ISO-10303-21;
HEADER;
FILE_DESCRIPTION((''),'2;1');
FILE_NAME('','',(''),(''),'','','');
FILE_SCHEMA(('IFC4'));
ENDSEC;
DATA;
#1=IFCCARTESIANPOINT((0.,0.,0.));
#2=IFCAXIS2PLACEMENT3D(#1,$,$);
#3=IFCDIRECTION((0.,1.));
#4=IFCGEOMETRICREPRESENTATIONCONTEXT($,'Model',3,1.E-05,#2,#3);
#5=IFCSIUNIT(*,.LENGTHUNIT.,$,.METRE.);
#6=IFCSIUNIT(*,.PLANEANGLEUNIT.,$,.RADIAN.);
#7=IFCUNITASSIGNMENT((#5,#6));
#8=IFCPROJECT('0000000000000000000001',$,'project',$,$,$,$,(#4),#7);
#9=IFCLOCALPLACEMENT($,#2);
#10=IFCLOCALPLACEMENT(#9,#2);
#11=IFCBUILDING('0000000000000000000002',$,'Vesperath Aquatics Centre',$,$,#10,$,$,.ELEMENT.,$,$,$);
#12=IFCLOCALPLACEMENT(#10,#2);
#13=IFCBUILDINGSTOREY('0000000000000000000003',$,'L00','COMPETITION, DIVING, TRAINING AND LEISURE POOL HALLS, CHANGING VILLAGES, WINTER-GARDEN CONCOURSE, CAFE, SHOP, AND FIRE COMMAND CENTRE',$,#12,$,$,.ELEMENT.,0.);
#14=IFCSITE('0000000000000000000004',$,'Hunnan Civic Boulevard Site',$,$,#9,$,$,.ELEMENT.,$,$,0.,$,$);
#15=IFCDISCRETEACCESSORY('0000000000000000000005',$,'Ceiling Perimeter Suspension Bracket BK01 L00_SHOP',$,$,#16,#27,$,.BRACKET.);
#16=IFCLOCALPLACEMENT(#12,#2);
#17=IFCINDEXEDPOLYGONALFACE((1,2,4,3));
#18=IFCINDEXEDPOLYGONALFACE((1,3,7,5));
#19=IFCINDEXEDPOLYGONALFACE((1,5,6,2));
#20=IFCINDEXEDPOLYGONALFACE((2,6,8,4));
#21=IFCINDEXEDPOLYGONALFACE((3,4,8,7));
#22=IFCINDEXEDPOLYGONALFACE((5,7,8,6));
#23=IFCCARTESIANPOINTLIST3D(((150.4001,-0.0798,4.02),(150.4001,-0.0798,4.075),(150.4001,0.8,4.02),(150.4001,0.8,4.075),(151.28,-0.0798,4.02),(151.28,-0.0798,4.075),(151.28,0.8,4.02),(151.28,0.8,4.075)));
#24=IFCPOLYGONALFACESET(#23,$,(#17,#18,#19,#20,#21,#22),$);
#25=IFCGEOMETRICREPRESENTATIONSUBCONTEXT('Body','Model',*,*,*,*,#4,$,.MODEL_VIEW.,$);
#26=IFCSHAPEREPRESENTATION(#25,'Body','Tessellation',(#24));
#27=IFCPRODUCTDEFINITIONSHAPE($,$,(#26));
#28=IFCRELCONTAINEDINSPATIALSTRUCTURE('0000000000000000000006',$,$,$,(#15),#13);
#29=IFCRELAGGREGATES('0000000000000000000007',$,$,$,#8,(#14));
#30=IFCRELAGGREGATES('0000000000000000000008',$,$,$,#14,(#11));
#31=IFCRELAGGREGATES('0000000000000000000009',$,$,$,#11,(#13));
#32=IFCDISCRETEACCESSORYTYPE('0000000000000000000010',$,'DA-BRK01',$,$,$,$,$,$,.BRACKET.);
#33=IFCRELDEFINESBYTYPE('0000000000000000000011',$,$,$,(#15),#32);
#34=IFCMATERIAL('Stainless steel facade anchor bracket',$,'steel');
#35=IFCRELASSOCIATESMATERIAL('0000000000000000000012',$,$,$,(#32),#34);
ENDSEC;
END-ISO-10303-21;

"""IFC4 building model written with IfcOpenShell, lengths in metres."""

from ifc_helpers import new_model, si_unit, direction, frame, origin, origin_2d, place, context, subcontext, project, spatial, rectangle, extrude, material, type_object, element, save


model = new_model("IFC4")

# Units and contexts
model_context = context("Model", 3, precision=1e-05, world=origin(), true_north=direction((0.0, 1.0)))
body_context = subcontext(model_context, "Body", "Model", "MODEL_VIEW")
ifc_project = project(units=[si_unit("LENGTHUNIT", "METRE"), si_unit("PLANEANGLEUNIT", "RADIAN")], contexts=[model_context])

# Site, building, storey
site_placement = place(None, origin())
site = spatial("IfcSite", under=ifc_project, at=site_placement, Name="Hunnan Civic Boulevard Site", CompositionType="ELEMENT", RefElevation=0.0)
building_placement = place(site_placement, origin())
building = spatial("IfcBuilding", under=site, at=building_placement, Name="Vesperath Aquatics Centre", CompositionType="ELEMENT")
storey_placement = place(building_placement, origin())
storey = spatial("IfcBuildingStorey", under=building, at=storey_placement, Name="L00", Description="COMPETITION, DIVING, TRAINING AND LEISURE POOL HALLS, CHANGING VILLAGES, WINTER-GARDEN CONCOURSE, CAFE, SHOP, AND FIRE COMMAND CENTRE", CompositionType="ELEMENT", Elevation=0.0)

# Discrete accessory
ifc_material_1 = material(Name="Stainless steel facade anchor bracket", Category="steel")
discrete_accessory_type = type_object("IfcDiscreteAccessoryType", Name="DA-BRK01", PredefinedType="BRACKET", material=ifc_material_1)
discrete_accessory_placement = place(storey_placement, frame((150.8401, 0.3601, 4.02), z_axis=(0.0, 0.0, 1.0), x_axis=(1.0, 0.0, 0.0)))
element("IfcDiscreteAccessory", 1, at=discrete_accessory_placement, inside=storey, type_object=discrete_accessory_type, Name="Ceiling Perimeter Suspension Bracket BK01 L00_SHOP", PredefinedType="BRACKET", context=body_context, shape_type="SweptSolid", body=[
    extrude(rectangle(XDim=0.8799, YDim=0.8799, at=origin_2d()), origin(), (0.0, 0.0, 1.0), 0.0549),
])

save(model, "model.ifc")
